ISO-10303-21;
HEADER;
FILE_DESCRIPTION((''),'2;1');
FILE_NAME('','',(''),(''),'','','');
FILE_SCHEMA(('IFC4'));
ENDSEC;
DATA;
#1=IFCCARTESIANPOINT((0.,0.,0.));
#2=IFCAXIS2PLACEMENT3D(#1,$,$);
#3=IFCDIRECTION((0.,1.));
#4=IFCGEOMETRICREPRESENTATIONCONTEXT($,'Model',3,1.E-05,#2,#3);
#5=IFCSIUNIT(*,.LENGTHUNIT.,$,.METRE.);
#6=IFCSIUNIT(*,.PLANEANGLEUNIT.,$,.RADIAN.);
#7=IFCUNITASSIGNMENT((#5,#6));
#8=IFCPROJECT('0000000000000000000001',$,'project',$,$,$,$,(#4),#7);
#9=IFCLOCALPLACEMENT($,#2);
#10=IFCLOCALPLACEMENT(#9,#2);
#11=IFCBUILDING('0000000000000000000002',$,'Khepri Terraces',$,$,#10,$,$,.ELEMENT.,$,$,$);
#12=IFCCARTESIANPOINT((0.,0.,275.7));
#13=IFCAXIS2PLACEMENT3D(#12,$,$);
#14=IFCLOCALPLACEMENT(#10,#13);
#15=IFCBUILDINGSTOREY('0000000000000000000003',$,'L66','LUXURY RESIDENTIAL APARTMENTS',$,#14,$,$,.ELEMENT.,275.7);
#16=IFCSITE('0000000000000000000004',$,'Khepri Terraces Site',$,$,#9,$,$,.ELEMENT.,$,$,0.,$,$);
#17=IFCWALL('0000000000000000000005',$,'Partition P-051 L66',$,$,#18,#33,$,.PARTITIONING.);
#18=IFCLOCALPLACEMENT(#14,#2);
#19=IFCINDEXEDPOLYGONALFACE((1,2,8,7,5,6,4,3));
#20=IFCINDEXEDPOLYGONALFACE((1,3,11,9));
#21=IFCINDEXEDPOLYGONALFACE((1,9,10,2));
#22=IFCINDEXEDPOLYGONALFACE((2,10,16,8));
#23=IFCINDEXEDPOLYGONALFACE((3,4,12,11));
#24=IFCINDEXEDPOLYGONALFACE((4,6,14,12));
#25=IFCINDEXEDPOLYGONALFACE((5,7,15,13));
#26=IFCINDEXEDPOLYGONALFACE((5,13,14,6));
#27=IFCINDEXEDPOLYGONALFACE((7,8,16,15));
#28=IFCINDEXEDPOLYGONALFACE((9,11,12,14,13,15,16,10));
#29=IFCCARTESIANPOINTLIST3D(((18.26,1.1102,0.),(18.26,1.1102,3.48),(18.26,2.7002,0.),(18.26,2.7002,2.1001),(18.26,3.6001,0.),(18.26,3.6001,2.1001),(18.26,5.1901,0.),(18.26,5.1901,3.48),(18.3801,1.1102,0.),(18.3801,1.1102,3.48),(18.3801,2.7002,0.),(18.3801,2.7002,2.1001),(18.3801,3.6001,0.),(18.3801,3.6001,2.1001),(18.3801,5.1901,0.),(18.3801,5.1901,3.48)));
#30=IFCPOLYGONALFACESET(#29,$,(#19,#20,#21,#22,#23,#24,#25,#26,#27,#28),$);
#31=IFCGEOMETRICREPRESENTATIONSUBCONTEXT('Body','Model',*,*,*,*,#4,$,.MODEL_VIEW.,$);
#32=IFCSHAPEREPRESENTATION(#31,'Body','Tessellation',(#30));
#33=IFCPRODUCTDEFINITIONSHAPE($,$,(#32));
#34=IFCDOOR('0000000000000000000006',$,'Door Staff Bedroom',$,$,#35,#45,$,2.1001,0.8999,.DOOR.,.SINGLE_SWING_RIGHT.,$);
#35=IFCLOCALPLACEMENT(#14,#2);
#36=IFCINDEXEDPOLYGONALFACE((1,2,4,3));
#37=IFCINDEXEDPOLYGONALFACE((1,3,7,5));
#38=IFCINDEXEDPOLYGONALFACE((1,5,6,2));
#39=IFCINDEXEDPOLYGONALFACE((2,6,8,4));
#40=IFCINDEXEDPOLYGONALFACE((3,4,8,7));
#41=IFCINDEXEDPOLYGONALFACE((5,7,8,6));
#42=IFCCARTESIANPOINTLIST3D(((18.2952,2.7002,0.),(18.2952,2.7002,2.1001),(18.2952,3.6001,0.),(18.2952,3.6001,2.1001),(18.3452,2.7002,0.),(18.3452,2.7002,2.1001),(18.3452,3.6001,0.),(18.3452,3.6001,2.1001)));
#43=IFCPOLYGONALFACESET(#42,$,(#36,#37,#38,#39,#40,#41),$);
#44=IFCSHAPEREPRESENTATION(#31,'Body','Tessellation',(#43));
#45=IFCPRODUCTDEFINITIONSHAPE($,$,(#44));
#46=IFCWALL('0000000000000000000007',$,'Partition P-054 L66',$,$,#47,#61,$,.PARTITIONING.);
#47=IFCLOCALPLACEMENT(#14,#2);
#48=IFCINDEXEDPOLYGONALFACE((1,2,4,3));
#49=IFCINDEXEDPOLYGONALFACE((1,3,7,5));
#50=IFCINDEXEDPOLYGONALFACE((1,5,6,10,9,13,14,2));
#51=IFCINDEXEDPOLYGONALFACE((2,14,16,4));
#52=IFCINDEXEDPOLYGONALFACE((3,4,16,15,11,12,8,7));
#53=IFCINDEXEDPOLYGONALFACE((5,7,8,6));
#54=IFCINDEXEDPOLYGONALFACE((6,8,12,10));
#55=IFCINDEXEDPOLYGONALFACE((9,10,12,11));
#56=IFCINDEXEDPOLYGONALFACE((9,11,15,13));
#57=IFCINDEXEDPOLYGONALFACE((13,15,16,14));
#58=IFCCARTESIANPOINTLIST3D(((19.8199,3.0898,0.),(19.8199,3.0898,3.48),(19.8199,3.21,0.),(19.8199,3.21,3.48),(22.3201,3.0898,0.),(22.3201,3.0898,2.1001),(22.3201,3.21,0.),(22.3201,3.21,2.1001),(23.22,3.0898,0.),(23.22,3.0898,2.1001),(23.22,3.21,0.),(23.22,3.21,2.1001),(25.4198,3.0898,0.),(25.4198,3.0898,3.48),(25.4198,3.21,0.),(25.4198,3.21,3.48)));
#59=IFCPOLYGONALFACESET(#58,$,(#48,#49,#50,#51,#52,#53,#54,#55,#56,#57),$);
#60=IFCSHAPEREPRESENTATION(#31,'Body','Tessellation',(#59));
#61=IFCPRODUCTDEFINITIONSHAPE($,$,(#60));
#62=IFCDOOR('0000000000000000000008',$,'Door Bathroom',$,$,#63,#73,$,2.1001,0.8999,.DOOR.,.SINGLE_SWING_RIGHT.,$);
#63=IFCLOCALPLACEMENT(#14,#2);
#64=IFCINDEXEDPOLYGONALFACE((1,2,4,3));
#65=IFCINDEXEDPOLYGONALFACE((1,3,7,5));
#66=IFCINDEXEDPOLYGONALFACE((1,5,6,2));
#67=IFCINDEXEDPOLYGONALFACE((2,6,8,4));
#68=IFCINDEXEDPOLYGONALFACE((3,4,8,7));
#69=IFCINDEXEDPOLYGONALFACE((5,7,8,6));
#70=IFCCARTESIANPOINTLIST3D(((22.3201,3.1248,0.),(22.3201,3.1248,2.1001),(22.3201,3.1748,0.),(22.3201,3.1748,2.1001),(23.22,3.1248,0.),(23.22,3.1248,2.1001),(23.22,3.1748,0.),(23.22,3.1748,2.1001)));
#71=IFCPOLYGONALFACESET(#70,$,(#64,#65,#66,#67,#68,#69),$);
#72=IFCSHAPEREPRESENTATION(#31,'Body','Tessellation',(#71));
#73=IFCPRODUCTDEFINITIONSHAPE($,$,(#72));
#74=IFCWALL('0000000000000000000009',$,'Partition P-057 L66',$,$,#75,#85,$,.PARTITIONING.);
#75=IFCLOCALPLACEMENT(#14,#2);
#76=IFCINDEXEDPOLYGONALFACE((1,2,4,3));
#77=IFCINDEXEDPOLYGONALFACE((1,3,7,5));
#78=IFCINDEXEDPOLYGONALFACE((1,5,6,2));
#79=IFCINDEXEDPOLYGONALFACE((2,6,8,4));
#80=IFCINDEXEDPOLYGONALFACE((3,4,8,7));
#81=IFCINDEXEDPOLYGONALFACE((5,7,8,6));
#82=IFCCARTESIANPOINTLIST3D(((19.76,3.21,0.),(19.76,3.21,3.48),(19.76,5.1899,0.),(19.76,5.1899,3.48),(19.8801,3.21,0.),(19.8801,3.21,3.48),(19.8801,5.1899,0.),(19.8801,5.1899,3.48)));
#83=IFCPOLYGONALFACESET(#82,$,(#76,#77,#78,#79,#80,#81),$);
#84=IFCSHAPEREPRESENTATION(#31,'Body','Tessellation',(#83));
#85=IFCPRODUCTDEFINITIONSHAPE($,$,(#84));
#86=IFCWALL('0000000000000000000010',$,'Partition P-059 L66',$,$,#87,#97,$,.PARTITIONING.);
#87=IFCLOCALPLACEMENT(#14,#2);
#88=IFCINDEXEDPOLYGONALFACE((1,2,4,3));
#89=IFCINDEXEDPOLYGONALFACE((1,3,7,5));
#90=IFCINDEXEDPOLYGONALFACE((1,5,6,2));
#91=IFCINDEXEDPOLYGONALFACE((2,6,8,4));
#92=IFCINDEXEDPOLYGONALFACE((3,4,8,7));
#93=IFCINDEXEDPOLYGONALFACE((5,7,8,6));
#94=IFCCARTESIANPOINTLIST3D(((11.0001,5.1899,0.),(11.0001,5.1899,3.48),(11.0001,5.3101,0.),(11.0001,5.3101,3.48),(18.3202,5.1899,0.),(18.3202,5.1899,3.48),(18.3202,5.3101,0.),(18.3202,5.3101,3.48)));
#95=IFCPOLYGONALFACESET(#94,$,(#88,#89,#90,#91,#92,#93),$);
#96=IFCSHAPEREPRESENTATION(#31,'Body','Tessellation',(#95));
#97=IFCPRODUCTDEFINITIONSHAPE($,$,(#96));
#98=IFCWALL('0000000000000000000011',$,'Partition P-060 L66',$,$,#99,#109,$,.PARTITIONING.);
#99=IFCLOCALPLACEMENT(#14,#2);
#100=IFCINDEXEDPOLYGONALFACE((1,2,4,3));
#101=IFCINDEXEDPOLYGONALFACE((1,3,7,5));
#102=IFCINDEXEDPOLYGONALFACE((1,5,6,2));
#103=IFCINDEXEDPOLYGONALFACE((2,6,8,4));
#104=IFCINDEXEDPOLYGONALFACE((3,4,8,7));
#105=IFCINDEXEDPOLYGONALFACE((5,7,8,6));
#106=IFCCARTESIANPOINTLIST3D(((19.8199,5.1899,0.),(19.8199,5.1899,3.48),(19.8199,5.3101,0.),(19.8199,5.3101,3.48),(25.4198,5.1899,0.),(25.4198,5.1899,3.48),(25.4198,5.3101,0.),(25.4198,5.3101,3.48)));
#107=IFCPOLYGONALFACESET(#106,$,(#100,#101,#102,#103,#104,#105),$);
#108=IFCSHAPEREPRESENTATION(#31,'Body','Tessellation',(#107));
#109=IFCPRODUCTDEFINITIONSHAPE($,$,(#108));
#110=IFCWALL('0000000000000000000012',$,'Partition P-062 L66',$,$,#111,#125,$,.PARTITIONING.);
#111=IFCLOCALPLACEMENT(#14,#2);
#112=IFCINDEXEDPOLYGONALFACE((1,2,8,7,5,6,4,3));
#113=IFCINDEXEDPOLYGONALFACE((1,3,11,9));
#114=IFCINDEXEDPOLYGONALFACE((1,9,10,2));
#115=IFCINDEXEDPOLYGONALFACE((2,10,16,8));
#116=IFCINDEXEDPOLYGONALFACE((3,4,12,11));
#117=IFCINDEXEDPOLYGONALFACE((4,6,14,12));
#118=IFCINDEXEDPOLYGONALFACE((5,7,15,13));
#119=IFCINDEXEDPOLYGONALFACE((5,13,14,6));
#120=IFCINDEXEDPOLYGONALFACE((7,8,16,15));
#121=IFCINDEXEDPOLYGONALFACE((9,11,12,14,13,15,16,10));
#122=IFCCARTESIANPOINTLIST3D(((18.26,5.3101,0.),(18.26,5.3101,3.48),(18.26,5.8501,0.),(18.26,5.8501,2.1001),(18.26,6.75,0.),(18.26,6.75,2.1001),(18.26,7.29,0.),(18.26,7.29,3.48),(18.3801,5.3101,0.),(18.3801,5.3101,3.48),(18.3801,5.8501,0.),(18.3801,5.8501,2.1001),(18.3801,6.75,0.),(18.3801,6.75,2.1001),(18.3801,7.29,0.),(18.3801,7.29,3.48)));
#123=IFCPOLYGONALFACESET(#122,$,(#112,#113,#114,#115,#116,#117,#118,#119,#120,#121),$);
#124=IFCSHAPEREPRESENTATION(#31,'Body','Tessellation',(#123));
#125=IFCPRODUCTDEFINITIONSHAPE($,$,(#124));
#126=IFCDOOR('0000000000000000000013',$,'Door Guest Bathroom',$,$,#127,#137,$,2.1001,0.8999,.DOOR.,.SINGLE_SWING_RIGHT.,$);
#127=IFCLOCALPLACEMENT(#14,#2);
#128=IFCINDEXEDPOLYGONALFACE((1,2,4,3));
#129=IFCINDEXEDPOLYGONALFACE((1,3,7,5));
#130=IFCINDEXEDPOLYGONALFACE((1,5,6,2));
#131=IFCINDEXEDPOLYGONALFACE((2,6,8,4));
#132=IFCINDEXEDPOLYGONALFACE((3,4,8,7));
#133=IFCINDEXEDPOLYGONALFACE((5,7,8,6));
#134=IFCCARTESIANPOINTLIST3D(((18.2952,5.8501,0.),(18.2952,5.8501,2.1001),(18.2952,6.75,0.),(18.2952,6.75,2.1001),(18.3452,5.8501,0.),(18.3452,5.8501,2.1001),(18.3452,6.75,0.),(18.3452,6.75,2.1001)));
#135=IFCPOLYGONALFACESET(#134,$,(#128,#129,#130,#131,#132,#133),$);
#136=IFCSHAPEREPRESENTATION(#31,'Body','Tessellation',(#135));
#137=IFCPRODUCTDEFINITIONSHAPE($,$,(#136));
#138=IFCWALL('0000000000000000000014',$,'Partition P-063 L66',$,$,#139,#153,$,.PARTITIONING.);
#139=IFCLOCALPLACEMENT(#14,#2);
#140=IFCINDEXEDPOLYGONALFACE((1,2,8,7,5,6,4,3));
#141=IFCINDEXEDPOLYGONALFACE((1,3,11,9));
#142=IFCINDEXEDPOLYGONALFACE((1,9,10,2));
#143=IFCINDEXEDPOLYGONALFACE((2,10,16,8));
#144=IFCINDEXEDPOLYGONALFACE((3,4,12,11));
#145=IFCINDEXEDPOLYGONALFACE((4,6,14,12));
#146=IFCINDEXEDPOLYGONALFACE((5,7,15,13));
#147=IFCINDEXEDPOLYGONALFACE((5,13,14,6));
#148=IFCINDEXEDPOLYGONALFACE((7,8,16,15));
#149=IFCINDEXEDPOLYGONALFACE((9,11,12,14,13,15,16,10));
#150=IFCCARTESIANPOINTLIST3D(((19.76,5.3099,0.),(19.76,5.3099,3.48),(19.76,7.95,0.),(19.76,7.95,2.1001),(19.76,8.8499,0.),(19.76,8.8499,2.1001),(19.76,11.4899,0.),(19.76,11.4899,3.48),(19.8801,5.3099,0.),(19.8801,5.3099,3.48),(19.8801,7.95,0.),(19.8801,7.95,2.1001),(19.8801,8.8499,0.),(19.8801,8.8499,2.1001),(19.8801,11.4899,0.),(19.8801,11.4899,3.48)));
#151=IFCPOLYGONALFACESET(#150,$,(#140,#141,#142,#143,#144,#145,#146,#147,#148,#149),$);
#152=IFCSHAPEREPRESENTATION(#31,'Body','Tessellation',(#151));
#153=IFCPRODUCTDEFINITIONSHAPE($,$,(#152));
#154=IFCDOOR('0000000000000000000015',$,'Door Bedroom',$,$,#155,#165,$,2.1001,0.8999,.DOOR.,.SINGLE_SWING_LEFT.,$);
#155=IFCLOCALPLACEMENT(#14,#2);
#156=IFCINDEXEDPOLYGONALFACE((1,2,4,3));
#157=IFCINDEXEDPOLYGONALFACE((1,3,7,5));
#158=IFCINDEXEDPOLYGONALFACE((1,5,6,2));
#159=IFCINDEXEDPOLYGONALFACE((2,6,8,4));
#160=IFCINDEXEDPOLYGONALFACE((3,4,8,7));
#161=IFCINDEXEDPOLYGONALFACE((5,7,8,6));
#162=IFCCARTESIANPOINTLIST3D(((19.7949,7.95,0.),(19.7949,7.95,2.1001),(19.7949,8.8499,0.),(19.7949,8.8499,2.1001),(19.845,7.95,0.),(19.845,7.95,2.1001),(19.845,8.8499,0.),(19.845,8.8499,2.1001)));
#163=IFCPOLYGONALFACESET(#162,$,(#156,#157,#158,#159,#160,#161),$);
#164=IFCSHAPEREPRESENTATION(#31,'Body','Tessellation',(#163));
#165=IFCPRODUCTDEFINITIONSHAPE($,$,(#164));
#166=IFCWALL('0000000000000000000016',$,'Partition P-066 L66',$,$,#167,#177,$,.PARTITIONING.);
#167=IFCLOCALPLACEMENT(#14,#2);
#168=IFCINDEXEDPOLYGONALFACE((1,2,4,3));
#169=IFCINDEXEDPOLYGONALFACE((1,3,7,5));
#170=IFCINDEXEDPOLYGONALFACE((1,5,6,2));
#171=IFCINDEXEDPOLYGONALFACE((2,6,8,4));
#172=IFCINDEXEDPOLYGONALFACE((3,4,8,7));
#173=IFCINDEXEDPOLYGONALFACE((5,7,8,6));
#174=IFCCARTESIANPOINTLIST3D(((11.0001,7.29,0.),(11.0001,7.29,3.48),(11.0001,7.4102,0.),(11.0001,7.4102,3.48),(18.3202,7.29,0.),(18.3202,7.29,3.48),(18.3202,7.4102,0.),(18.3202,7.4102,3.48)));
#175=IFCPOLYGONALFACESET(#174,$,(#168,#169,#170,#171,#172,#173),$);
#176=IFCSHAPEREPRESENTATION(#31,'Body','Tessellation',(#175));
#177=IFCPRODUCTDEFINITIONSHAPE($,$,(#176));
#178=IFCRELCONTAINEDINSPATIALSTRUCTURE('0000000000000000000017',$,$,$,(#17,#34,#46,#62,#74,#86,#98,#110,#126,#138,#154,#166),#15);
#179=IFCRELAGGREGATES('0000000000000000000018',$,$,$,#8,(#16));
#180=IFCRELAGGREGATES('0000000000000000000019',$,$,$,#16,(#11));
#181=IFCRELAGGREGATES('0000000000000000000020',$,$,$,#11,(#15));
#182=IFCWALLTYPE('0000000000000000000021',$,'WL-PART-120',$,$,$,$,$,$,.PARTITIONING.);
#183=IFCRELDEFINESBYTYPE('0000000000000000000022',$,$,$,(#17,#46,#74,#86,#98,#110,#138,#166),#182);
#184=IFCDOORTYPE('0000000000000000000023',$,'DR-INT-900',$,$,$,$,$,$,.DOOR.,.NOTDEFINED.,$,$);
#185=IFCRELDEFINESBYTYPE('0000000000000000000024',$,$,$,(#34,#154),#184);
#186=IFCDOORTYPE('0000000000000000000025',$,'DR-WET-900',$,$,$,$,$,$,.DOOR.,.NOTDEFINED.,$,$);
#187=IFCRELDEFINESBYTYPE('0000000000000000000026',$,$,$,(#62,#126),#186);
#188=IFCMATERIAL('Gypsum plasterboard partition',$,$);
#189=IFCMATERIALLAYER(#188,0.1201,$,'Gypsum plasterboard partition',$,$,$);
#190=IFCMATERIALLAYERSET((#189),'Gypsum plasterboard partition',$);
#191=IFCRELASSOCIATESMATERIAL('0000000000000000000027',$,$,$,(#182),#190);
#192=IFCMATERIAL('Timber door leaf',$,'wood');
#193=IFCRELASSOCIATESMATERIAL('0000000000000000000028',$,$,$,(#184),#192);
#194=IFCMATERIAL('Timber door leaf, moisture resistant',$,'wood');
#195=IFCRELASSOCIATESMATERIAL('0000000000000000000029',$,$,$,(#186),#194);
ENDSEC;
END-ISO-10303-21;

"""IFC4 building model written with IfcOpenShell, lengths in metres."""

from ifc_helpers import new_model, si_unit, direction, frame, frame_2d, origin, place, context, subcontext, project, spatial, rectangle, extrude, material, layer, layer_set, type_object, element, fill, save


model = new_model("IFC4")

# Units and contexts
model_context = context("Model", 3, precision=1e-05, world=origin(), true_north=direction((0.0, 1.0)))
body_context = subcontext(model_context, "Body", "Model", "MODEL_VIEW")
ifc_project = project(units=[si_unit("LENGTHUNIT", "METRE"), si_unit("PLANEANGLEUNIT", "RADIAN")], contexts=[model_context])

# Site, building, storey
site_placement = place(None, origin())
site = spatial("IfcSite", under=ifc_project, at=site_placement, Name="Khepri Terraces Site", CompositionType="ELEMENT", RefElevation=0.0)
building_placement = place(site_placement, origin())
building = spatial("IfcBuilding", under=site, at=building_placement, Name="Khepri Terraces", CompositionType="ELEMENT")
storey_placement = place(building_placement, frame((0.0, 0.0, 275.7)))
storey = spatial("IfcBuildingStorey", under=building, at=storey_placement, Name="L66", Description="LUXURY RESIDENTIAL APARTMENTS", CompositionType="ELEMENT", Elevation=275.7)

# Shared definitions
ifc_material_1 = material(Name="Gypsum plasterboard partition")
ifc_layer_1 = layer(ifc_material_1, 0.1201, Name="Gypsum plasterboard partition")
ifc_layer_set_1 = layer_set([ifc_layer_1], Name="Gypsum plasterboard partition")
wall_type_1 = type_object("IfcWallType", Name="WL-PART-120", PredefinedType="PARTITIONING", material=ifc_layer_set_1)

# Walls, openings, doors
wall_1_placement = place(storey_placement, frame((18.3201, 1.1101, 0.0), z_axis=(0.0, 0.0, 1.0), x_axis=(0.0, 1.0, 0.0)))
wall_1 = element("IfcWall", 1, at=wall_1_placement, inside=storey, type_object=wall_type_1, Name="Partition P-051 L66", PredefinedType="PARTITIONING", context=body_context, shape_type="SweptSolid", body=[
    extrude(rectangle(XDim=4.0798, YDim=0.1201, at=frame_2d((2.04, 0.0))), origin(), (0.0, 0.0, 1.0), 3.48),
])
opening_1_placement = place(wall_1_placement, frame((1.5901, 0.0, 0.0)))
opening_1 = element("IfcOpeningElement", 2, at=opening_1_placement, cuts=wall_1, PredefinedType="OPENING", context=body_context, shape_type="SweptSolid", body=[
    extrude(rectangle(XDim=0.8999, YDim=2.1001, at=frame_2d((0.45, 1.05))), frame((0.0, 0.0701, 0.0), z_axis=(0.0, -1.0, 0.0), x_axis=(1.0, 0.0, 0.0)), (0.0, 0.0, 1.0), 0.1401),
])
ifc_material_2 = material(Name="Timber door leaf", Category="wood")
door_type_1 = type_object("IfcDoorType", Name="DR-INT-900", OperationType="NOTDEFINED", PredefinedType="DOOR", material=ifc_material_2)
door_1_placement = place(opening_1_placement, origin())
door_1 = element("IfcDoor", 3, at=door_1_placement, inside=storey, type_object=door_type_1, Name="Door Staff Bedroom", OperationType="SINGLE_SWING_RIGHT", OverallHeight=2.1001, OverallWidth=0.8999, PredefinedType="DOOR", context=body_context, shape_type="SweptSolid", body=[
    extrude(rectangle(XDim=0.8999, YDim=2.1001, at=frame_2d((0.45, 1.05))), frame((0.0, 0.0249, 0.0), z_axis=(0.0, -1.0, 0.0), x_axis=(1.0, 0.0, 0.0)), (0.0, 0.0, 1.0), 0.05),
])
fill(opening_1, door_1)
wall_2_placement = place(storey_placement, frame((19.8201, 3.1499, 0.0), z_axis=(0.0, 0.0, 1.0), x_axis=(1.0, 0.0, 0.0)))
wall_2 = element("IfcWall", 4, at=wall_2_placement, inside=storey, type_object=wall_type_1, Name="Partition P-054 L66", PredefinedType="PARTITIONING", context=body_context, shape_type="SweptSolid", body=[
    extrude(rectangle(XDim=5.5999, YDim=0.1201, at=frame_2d((2.7998, 0.0))), origin(), (0.0, 0.0, 1.0), 3.48),
])
opening_2_placement = place(wall_2_placement, frame((2.5, 0.0, 0.0)))
opening_2 = element("IfcOpeningElement", 5, at=opening_2_placement, cuts=wall_2, PredefinedType="OPENING", context=body_context, shape_type="SweptSolid", body=[
    extrude(rectangle(XDim=0.8999, YDim=2.1001, at=frame_2d((0.45, 1.05))), frame((0.0, 0.0701, 0.0), z_axis=(0.0, -1.0, 0.0), x_axis=(1.0, 0.0, 0.0)), (0.0, 0.0, 1.0), 0.1401),
])
ifc_material_3 = material(Name="Timber door leaf, moisture resistant", Category="wood")
door_type_2 = type_object("IfcDoorType", Name="DR-WET-900", OperationType="NOTDEFINED", PredefinedType="DOOR", material=ifc_material_3)
door_2_placement = place(opening_2_placement, origin())
door_2 = element("IfcDoor", 6, at=door_2_placement, inside=storey, type_object=door_type_2, Name="Door Bathroom", OperationType="SINGLE_SWING_RIGHT", OverallHeight=2.1001, OverallWidth=0.8999, PredefinedType="DOOR", context=body_context, shape_type="SweptSolid", body=[
    extrude(rectangle(XDim=0.8999, YDim=2.1001, at=frame_2d((0.45, 1.05))), frame((0.0, 0.0249, 0.0), z_axis=(0.0, -1.0, 0.0), x_axis=(1.0, 0.0, 0.0)), (0.0, 0.0, 1.0), 0.05),
])
fill(opening_2, door_2)

# Walls
wall_3_placement = place(storey_placement, frame((19.8201, 3.21, 0.0), z_axis=(0.0, 0.0, 1.0), x_axis=(0.0, 1.0, 0.0)))
element("IfcWall", 7, at=wall_3_placement, inside=storey, type_object=wall_type_1, Name="Partition P-057 L66", PredefinedType="PARTITIONING", context=body_context, shape_type="SweptSolid", body=[
    extrude(rectangle(XDim=1.98, YDim=0.1201, at=frame_2d((0.99, 0.0))), origin(), (0.0, 0.0, 1.0), 3.48),
])
wall_4_placement = place(storey_placement, frame((11.0, 5.25, 0.0), z_axis=(0.0, 0.0, 1.0), x_axis=(1.0, 0.0, 0.0)))
element("IfcWall", 8, at=wall_4_placement, inside=storey, type_object=wall_type_1, Name="Partition P-059 L66", PredefinedType="PARTITIONING", context=body_context, shape_type="SweptSolid", body=[
    extrude(rectangle(XDim=7.3201, YDim=0.1201, at=frame_2d((3.6602, 0.0))), origin(), (0.0, 0.0, 1.0), 3.48),
])
wall_5_placement = place(storey_placement, frame((19.8201, 5.25, 0.0), z_axis=(0.0, 0.0, 1.0), x_axis=(1.0, 0.0, 0.0)))
element("IfcWall", 9, at=wall_5_placement, inside=storey, type_object=wall_type_1, Name="Partition P-060 L66", PredefinedType="PARTITIONING", context=body_context, shape_type="SweptSolid", body=[
    extrude(rectangle(XDim=5.5999, YDim=0.1201, at=frame_2d((2.7998, 0.0))), origin(), (0.0, 0.0, 1.0), 3.48),
])

# Walls, openings, doors
wall_6_placement = place(storey_placement, frame((18.3201, 5.3101, 0.0), z_axis=(0.0, 0.0, 1.0), x_axis=(0.0, 1.0, 0.0)))
wall_6 = element("IfcWall", 10, at=wall_6_placement, inside=storey, type_object=wall_type_1, Name="Partition P-062 L66", PredefinedType="PARTITIONING", context=body_context, shape_type="SweptSolid", body=[
    extrude(rectangle(XDim=1.98, YDim=0.1201, at=frame_2d((0.99, 0.0))), origin(), (0.0, 0.0, 1.0), 3.48),
])
opening_3_placement = place(wall_6_placement, frame((0.54, 0.0, 0.0)))
opening_3 = element("IfcOpeningElement", 11, at=opening_3_placement, cuts=wall_6, PredefinedType="OPENING", context=body_context, shape_type="SweptSolid", body=[
    extrude(rectangle(XDim=0.8999, YDim=2.1001, at=frame_2d((0.45, 1.05))), frame((0.0, 0.0701, 0.0), z_axis=(0.0, -1.0, 0.0), x_axis=(1.0, 0.0, 0.0)), (0.0, 0.0, 1.0), 0.1401),
])
door_3_placement = place(opening_3_placement, origin())
door_3 = element("IfcDoor", 12, at=door_3_placement, inside=storey, type_object=door_type_2, Name="Door Guest Bathroom", OperationType="SINGLE_SWING_RIGHT", OverallHeight=2.1001, OverallWidth=0.8999, PredefinedType="DOOR", context=body_context, shape_type="SweptSolid", body=[
    extrude(rectangle(XDim=0.8999, YDim=2.1001, at=frame_2d((0.45, 1.05))), frame((0.0, 0.0249, 0.0), z_axis=(0.0, -1.0, 0.0), x_axis=(1.0, 0.0, 0.0)), (0.0, 0.0, 1.0), 0.05),
])
fill(opening_3, door_3)
wall_7_placement = place(storey_placement, frame((19.8201, 5.3101, 0.0), z_axis=(0.0, 0.0, 1.0), x_axis=(0.0, 1.0, 0.0)))
wall_7 = element("IfcWall", 13, at=wall_7_placement, inside=storey, type_object=wall_type_1, Name="Partition P-063 L66", PredefinedType="PARTITIONING", context=body_context, shape_type="SweptSolid", body=[
    extrude(rectangle(XDim=6.1799, YDim=0.1201, at=frame_2d((3.0898, 0.0))), origin(), (0.0, 0.0, 1.0), 3.48),
])
opening_4_placement = place(wall_7_placement, frame((2.6399, 0.0, 0.0)))
opening_4 = element("IfcOpeningElement", 14, at=opening_4_placement, cuts=wall_7, PredefinedType="OPENING", context=body_context, shape_type="SweptSolid", body=[
    extrude(rectangle(XDim=0.8999, YDim=2.1001, at=frame_2d((0.45, 1.05))), frame((0.0, 0.0701, 0.0), z_axis=(0.0, -1.0, 0.0), x_axis=(1.0, 0.0, 0.0)), (0.0, 0.0, 1.0), 0.1401),
])
door_4_placement = place(opening_4_placement, frame((0.8999, 0.0, 0.0), z_axis=(0.0, 0.0, 1.0), x_axis=(-1.0, 0.0, 0.0)))
door_4 = element("IfcDoor", 15, at=door_4_placement, inside=storey, type_object=door_type_1, Name="Door Bedroom", OperationType="SINGLE_SWING_LEFT", OverallHeight=2.1001, OverallWidth=0.8999, PredefinedType="DOOR", context=body_context, shape_type="SweptSolid", body=[
    extrude(rectangle(XDim=0.8999, YDim=2.1001, at=frame_2d((0.45, 1.05))), frame((0.0, 0.0249, 0.0), z_axis=(0.0, -1.0, 0.0), x_axis=(1.0, 0.0, 0.0)), (0.0, 0.0, 1.0), 0.05),
])
fill(opening_4, door_4)

# Wall
wall_8_placement = place(storey_placement, frame((11.0, 7.3501, 0.0), z_axis=(0.0, 0.0, 1.0), x_axis=(1.0, 0.0, 0.0)))
element("IfcWall", 16, at=wall_8_placement, inside=storey, type_object=wall_type_1, Name="Partition P-066 L66", PredefinedType="PARTITIONING", context=body_context, shape_type="SweptSolid", body=[
    extrude(rectangle(XDim=7.3201, YDim=0.1201, at=frame_2d((3.6602, 0.0))), origin(), (0.0, 0.0, 1.0), 3.48),
])

save(model, "model.ifc")
